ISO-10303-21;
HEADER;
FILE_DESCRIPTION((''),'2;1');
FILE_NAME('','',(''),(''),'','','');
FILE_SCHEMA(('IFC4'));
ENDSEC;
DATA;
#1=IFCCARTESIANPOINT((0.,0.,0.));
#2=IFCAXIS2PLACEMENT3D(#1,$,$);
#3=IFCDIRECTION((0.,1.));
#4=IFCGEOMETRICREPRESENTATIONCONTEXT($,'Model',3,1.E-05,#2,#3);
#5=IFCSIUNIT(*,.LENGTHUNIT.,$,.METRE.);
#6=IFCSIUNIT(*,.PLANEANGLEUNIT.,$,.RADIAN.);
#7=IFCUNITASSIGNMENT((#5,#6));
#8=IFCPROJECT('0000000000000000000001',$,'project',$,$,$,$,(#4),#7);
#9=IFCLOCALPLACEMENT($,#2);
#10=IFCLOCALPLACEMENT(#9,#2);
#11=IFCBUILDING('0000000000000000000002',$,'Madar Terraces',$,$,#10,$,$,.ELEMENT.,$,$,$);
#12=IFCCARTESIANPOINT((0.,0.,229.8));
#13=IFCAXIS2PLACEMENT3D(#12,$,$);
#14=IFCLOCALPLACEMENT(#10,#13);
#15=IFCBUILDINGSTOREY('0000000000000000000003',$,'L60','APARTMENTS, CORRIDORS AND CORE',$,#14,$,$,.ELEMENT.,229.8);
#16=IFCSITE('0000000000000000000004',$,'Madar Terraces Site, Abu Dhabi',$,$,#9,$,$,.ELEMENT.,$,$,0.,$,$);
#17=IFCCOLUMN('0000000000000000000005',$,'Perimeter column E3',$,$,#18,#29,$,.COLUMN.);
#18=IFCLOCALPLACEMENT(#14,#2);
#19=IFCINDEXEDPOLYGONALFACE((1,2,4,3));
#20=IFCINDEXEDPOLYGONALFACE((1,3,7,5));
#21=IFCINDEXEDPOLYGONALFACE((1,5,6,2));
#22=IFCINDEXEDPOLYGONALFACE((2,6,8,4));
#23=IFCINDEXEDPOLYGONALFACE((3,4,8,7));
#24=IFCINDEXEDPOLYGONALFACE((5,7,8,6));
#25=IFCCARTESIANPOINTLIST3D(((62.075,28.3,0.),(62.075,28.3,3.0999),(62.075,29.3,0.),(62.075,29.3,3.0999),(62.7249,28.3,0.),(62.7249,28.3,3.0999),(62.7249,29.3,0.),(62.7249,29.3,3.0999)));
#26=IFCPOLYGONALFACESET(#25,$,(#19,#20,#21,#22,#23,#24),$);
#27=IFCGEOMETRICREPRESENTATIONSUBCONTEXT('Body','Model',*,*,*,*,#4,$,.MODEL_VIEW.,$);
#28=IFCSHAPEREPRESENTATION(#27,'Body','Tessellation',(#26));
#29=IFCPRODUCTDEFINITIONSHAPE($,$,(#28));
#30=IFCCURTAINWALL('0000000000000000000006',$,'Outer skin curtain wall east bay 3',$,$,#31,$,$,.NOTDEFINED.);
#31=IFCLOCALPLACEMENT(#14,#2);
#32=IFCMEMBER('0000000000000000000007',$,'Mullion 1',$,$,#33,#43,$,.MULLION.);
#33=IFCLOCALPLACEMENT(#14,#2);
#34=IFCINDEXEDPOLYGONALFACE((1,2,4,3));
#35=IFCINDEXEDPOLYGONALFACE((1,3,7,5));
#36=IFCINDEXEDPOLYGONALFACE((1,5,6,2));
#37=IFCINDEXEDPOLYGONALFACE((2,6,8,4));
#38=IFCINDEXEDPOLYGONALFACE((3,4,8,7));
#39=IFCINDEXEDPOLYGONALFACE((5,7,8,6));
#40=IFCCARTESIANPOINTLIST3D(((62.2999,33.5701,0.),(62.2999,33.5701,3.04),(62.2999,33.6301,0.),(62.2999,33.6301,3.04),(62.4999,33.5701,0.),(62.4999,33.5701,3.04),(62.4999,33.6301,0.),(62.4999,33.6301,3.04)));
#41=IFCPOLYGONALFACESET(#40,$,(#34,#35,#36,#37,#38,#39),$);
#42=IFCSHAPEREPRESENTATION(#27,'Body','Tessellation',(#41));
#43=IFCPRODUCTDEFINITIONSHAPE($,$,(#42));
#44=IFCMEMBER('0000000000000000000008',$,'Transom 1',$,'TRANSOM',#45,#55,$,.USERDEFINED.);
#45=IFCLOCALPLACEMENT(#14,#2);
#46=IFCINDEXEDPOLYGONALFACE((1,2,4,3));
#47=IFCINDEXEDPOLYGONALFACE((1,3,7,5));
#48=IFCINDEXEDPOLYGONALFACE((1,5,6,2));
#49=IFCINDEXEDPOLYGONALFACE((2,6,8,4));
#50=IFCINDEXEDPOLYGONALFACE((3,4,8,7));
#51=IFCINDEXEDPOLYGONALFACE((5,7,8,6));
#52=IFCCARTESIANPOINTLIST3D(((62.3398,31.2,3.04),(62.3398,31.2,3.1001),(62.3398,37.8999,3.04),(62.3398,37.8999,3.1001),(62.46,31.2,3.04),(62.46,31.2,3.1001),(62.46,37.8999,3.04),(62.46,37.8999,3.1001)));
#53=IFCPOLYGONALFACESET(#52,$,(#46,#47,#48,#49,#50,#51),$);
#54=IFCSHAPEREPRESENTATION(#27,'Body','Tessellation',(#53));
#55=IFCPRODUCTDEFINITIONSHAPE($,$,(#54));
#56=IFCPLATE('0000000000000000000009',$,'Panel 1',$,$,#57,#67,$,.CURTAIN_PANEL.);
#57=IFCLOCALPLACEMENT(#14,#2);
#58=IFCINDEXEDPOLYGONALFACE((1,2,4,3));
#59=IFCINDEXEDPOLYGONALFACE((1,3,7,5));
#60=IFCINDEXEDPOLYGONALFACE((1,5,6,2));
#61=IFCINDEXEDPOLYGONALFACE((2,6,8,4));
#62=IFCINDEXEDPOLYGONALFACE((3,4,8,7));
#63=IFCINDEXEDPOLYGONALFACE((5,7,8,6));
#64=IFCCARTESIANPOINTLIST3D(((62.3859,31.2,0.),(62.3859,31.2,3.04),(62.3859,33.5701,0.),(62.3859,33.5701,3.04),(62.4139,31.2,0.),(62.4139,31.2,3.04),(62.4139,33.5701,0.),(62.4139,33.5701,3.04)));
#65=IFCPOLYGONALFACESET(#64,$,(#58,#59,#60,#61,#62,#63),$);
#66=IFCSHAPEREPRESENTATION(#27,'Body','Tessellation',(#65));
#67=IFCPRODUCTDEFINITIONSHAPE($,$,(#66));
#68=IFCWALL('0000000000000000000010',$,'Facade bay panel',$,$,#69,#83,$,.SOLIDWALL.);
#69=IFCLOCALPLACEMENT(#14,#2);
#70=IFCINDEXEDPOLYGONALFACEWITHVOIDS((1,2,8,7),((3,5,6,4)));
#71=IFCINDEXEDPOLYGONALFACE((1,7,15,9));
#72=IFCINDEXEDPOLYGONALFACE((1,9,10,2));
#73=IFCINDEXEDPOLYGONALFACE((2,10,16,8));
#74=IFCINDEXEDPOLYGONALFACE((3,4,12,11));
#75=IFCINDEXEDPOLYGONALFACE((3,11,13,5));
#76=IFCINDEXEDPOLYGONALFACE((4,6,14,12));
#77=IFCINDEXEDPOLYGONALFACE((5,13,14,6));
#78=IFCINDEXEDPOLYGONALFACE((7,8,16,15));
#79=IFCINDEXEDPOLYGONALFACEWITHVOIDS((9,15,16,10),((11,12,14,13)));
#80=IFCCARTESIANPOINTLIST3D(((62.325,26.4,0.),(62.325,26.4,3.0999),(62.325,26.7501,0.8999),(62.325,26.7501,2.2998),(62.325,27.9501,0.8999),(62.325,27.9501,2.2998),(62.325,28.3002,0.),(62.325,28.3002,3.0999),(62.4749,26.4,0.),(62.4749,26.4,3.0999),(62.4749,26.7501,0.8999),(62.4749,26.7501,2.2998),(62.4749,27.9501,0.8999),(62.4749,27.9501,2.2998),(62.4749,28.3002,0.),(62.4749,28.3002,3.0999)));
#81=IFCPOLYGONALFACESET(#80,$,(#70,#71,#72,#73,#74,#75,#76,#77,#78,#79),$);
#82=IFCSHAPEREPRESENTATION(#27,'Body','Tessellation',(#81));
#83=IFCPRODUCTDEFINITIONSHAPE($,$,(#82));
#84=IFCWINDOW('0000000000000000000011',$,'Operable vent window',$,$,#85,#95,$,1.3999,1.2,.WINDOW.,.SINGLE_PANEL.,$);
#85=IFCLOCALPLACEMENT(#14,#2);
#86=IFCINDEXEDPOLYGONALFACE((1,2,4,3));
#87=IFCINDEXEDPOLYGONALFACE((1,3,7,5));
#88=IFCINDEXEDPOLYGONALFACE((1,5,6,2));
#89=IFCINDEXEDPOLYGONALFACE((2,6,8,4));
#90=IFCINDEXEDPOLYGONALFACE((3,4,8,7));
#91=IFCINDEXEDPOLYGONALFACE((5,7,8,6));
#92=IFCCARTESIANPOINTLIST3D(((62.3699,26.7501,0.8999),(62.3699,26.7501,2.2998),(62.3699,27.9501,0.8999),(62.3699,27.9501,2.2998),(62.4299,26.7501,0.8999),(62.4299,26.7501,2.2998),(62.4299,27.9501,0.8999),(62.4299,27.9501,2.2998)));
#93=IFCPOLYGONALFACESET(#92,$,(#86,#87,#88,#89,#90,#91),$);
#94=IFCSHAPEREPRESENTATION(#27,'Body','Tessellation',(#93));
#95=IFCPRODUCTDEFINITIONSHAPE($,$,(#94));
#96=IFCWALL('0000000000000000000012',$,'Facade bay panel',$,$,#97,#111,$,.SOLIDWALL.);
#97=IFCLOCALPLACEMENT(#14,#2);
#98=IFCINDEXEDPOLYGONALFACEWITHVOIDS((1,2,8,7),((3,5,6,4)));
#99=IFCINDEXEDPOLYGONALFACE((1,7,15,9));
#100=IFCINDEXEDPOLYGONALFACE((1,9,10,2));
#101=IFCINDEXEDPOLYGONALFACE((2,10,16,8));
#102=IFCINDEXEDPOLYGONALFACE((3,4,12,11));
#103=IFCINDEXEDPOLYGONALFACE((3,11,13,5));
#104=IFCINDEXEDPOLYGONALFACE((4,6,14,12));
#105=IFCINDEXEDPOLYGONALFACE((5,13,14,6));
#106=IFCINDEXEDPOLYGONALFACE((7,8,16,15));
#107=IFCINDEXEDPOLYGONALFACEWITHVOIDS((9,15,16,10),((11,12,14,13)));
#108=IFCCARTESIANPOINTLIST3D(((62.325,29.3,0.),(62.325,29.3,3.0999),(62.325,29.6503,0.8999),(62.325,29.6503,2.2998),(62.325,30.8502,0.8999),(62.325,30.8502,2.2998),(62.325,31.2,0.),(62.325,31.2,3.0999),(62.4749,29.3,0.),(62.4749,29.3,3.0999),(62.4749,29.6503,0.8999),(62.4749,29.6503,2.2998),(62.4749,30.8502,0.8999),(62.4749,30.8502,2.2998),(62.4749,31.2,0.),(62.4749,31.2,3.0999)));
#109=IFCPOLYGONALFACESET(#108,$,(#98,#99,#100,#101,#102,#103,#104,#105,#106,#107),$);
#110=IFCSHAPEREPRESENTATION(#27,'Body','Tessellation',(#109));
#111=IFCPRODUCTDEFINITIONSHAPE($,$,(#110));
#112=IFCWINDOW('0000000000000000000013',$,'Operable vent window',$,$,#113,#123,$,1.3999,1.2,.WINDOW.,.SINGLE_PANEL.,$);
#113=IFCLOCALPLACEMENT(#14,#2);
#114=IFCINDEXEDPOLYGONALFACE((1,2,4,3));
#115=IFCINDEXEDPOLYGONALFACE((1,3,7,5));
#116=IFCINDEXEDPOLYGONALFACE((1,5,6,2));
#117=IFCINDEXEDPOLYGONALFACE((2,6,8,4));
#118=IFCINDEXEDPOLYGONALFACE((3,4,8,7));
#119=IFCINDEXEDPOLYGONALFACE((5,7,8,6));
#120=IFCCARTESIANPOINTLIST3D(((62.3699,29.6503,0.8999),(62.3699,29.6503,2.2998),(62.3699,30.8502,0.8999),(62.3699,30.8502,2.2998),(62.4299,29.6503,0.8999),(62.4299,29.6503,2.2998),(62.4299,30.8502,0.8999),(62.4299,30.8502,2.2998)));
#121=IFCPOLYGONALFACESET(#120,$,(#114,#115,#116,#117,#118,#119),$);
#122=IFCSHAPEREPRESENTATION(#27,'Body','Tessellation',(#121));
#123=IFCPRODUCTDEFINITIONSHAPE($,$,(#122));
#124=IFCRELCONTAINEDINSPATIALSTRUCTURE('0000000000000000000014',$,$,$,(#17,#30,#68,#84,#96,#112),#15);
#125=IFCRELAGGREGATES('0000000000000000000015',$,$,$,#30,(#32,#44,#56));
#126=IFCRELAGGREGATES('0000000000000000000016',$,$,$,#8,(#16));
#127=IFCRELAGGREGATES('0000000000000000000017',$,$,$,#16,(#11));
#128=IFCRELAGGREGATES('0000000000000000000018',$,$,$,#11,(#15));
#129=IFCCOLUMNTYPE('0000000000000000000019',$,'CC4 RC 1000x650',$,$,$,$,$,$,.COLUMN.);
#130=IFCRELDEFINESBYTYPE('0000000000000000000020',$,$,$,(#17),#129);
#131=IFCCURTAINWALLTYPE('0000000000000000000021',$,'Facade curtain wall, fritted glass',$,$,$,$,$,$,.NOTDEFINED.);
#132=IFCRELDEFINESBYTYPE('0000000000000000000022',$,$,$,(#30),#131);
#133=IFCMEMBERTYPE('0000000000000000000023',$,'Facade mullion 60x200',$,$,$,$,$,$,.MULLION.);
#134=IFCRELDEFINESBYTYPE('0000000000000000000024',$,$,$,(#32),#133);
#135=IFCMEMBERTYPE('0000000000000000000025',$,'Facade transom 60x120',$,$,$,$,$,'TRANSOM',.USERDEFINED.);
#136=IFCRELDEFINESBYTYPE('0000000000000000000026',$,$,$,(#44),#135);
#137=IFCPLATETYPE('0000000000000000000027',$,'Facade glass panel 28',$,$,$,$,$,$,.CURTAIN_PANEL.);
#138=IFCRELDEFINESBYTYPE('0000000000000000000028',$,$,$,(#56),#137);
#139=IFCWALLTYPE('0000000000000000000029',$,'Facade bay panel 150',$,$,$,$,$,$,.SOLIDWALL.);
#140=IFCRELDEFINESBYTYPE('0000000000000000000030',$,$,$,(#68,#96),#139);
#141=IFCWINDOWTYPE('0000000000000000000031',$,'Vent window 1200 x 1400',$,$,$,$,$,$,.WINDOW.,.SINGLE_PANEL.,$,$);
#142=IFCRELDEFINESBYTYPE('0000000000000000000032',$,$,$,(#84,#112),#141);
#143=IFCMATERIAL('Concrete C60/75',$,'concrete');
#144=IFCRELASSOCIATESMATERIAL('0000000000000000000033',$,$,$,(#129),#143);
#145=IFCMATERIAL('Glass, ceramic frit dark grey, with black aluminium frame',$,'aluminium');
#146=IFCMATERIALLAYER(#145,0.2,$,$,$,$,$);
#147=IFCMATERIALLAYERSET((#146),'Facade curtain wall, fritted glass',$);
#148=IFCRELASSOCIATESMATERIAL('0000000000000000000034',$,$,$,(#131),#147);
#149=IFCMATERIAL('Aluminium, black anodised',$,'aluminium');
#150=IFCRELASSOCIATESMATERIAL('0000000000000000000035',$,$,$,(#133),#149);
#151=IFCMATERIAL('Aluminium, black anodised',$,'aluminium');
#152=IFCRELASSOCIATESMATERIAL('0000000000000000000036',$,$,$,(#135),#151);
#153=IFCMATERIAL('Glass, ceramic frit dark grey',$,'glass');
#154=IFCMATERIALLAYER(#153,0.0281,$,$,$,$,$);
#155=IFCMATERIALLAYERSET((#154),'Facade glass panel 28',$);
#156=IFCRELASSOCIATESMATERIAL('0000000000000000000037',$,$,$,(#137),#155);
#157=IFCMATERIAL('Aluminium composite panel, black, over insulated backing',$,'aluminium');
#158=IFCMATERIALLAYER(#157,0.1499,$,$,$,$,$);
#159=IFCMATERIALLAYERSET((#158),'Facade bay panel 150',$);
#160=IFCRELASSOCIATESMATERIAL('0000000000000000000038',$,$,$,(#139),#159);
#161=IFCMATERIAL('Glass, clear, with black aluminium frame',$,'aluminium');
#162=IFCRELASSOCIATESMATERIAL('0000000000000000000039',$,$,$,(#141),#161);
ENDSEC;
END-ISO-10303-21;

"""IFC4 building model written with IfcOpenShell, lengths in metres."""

from ifc_helpers import new_model, si_unit, direction, frame, frame_2d, origin, origin_2d, place, context, subcontext, project, spatial, rectangle, extrude, material, layer, layer_set, material_profile, profile_set, type_object, element, fill, aggregate, save


model = new_model("IFC4")

# Units and contexts
model_context = context("Model", 3, precision=1e-05, world=origin(), true_north=direction((0.0, 1.0)))
body_context = subcontext(model_context, "Body", "Model", "MODEL_VIEW")
ifc_project = project(units=[si_unit("LENGTHUNIT", "METRE"), si_unit("PLANEANGLEUNIT", "RADIAN")], contexts=[model_context])

# Site, building, storey
site_placement = place(None, origin())
site = spatial("IfcSite", under=ifc_project, at=site_placement, Name="Madar Terraces Site, Abu Dhabi", CompositionType="ELEMENT", RefElevation=0.0)
building_placement = place(site_placement, origin())
building = spatial("IfcBuilding", under=site, at=building_placement, Name="Madar Terraces", CompositionType="ELEMENT")
storey_placement = place(building_placement, frame((0.0, 0.0, 229.8)))
storey = spatial("IfcBuildingStorey", under=building, at=storey_placement, Name="L60", Description="APARTMENTS, CORRIDORS AND CORE", CompositionType="ELEMENT", Elevation=229.8)

# Column
ifc_material_1 = material(Name="Concrete C60/75", Category="concrete")
ifc_material_profile_1 = material_profile(ifc_material_1, rectangle(XDim=1.0, YDim=0.6499, at=origin_2d()), Name="CC4 RC 1000x650")
ifc_profile_set_1 = profile_set([ifc_material_profile_1], Name="Concrete C60/75")
column_type = type_object("IfcColumnType", Name="CC4 RC 1000x650", PredefinedType="COLUMN", material=ifc_profile_set_1)
column_placement = place(storey_placement, frame((62.3999, 28.8, 0.0), z_axis=(0.0, 0.0, 1.0), x_axis=(0.0, 1.0, 0.0)))
element("IfcColumn", 1, at=column_placement, inside=storey, type_object=column_type, Name="Perimeter column E3", PredefinedType="COLUMN", context=body_context, shape_type="SweptSolid", body=[
    extrude(rectangle(XDim=1.0, YDim=0.6499, at=origin_2d()), origin(), (0.0, 0.0, 1.0), 3.0999),
])

# Curtain wall, members, plate
ifc_material_2 = material(Name="Glass, ceramic frit dark grey, with black aluminium frame", Category="aluminium")
ifc_layer_1 = layer(ifc_material_2, 0.2)
ifc_layer_set_1 = layer_set([ifc_layer_1], Name="Facade curtain wall, fritted glass")
curtain_wall_type = type_object("IfcCurtainWallType", Name="Facade curtain wall, fritted glass", PredefinedType="NOTDEFINED", material=ifc_layer_set_1)
curtain_wall_placement = place(storey_placement, origin())
curtain_wall = element("IfcCurtainWall", 2, at=curtain_wall_placement, inside=storey, type_object=curtain_wall_type, Name="Outer skin curtain wall east bay 3", PredefinedType="NOTDEFINED")
ifc_material_3 = material(Name="Aluminium, black anodised", Category="aluminium")
ifc_material_profile_2 = material_profile(ifc_material_3, rectangle(XDim=0.2, YDim=0.0601, at=origin_2d()), Name="Facade mullion 60x200")
ifc_profile_set_2 = profile_set([ifc_material_profile_2], Name="Aluminium, black anodised")
member_type_1 = type_object("IfcMemberType", Name="Facade mullion 60x200", PredefinedType="MULLION", material=ifc_profile_set_2)
member_1_placement = place(storey_placement, frame((62.3999, 33.6001, 0.0), z_axis=(0.0, 0.0, 1.0), x_axis=(-1.0, 0.0, 0.0)))
member_1 = element("IfcMember", 3, at=member_1_placement, type_object=member_type_1, Name="Mullion 1", PredefinedType="MULLION", context=body_context, shape_type="SweptSolid", body=[
    extrude(rectangle(XDim=0.2, YDim=0.0601, at=origin_2d()), origin(), (0.0, 0.0, 1.0), 3.04),
])
ifc_material_4 = material(Name="Aluminium, black anodised", Category="aluminium")
ifc_material_profile_3 = material_profile(ifc_material_4, rectangle(XDim=0.1201, YDim=0.0601, at=origin_2d()), Name="Facade transom 60x120")
ifc_profile_set_3 = profile_set([ifc_material_profile_3], Name="Aluminium, black anodised")
member_type_2 = type_object("IfcMemberType", Name="Facade transom 60x120", ElementType="TRANSOM", PredefinedType="USERDEFINED", material=ifc_profile_set_3)
member_2_placement = place(storey_placement, frame((62.3999, 31.2, 3.0701), z_axis=(0.0, 1.0, 0.0), x_axis=(-1.0, 0.0, 0.0)))
member_2 = element("IfcMember", 4, at=member_2_placement, type_object=member_type_2, Name="Transom 1", ObjectType="TRANSOM", PredefinedType="USERDEFINED", context=body_context, shape_type="SweptSolid", body=[
    extrude(rectangle(XDim=0.1201, YDim=0.0601, at=origin_2d()), origin(), (0.0, 0.0, 1.0), 6.7),
])
ifc_material_5 = material(Name="Glass, ceramic frit dark grey", Category="glass")
ifc_layer_2 = layer(ifc_material_5, 0.0281)
ifc_layer_set_2 = layer_set([ifc_layer_2], Name="Facade glass panel 28")
plate_type = type_object("IfcPlateType", Name="Facade glass panel 28", PredefinedType="CURTAIN_PANEL", material=ifc_layer_set_2)
plate_placement = place(storey_placement, frame((62.3999, 32.385, 0.0), z_axis=(0.0, 0.0, 1.0), x_axis=(0.0, 1.0, 0.0)))
plate = element("IfcPlate", 5, at=plate_placement, type_object=plate_type, Name="Panel 1", PredefinedType="CURTAIN_PANEL", context=body_context, shape_type="SweptSolid", body=[
    extrude(rectangle(XDim=2.3701, YDim=0.0281, at=origin_2d()), origin(), (0.0, 0.0, 1.0), 3.04),
])
aggregate(curtain_wall, [member_1, member_2, plate])

# Walls, openings, windows
ifc_material_6 = material(Name="Aluminium composite panel, black, over insulated backing", Category="aluminium")
ifc_layer_3 = layer(ifc_material_6, 0.1499)
ifc_layer_set_3 = layer_set([ifc_layer_3], Name="Facade bay panel 150")
wall_type_1 = type_object("IfcWallType", Name="Facade bay panel 150", PredefinedType="SOLIDWALL", material=ifc_layer_set_3)
wall_1_placement = place(storey_placement, frame((62.3999, 26.3999, 0.0), z_axis=(0.0, 0.0, 1.0), x_axis=(0.0, 1.0, 0.0)))
wall_1 = element("IfcWall", 6, at=wall_1_placement, inside=storey, type_object=wall_type_1, Name="Facade bay panel", PredefinedType="SOLIDWALL", context=body_context, shape_type="SweptSolid", body=[
    extrude(rectangle(XDim=1.9001, YDim=0.1499, at=frame_2d((0.9502, 0.0))), origin(), (0.0, 0.0, 1.0), 3.0999),
])
opening_1_placement = place(wall_1_placement, frame((0.3501, 0.0, 0.8999)))
opening_1 = element("IfcOpeningElement", 7, at=opening_1_placement, cuts=wall_1, PredefinedType="OPENING", context=body_context, shape_type="SweptSolid", body=[
    extrude(rectangle(XDim=1.2, YDim=1.3999, at=frame_2d((0.6001, 0.7))), frame((0.0, 0.085, 0.0), z_axis=(0.0, -1.0, 0.0), x_axis=(1.0, 0.0, 0.0)), (0.0, 0.0, 1.0), 0.1699),
])
ifc_material_7 = material(Name="Glass, clear, with black aluminium frame", Category="aluminium")
window_type = type_object("IfcWindowType", Name="Vent window 1200 x 1400", PartitioningType="SINGLE_PANEL", PredefinedType="WINDOW", material=ifc_material_7)
window_1_placement = place(opening_1_placement, origin())
window_1 = element("IfcWindow", 8, at=window_1_placement, inside=storey, type_object=window_type, Name="Operable vent window", OverallHeight=1.3999, OverallWidth=1.2, PartitioningType="SINGLE_PANEL", PredefinedType="WINDOW", context=body_context, shape_type="SweptSolid", body=[
    extrude(rectangle(XDim=1.2, YDim=1.3999, at=frame_2d((0.6001, 0.7))), frame((0.0, 0.03, 0.0), z_axis=(0.0, -1.0, 0.0), x_axis=(1.0, 0.0, 0.0)), (0.0, 0.0, 1.0), 0.0601),
])
fill(opening_1, window_1)
wall_2_placement = place(storey_placement, frame((62.3999, 29.3, 0.0), z_axis=(0.0, 0.0, 1.0), x_axis=(0.0, 1.0, 0.0)))
wall_2 = element("IfcWall", 9, at=wall_2_placement, inside=storey, type_object=wall_type_1, Name="Facade bay panel", PredefinedType="SOLIDWALL", context=body_context, shape_type="SweptSolid", body=[
    extrude(rectangle(XDim=1.8999, YDim=0.1499, at=frame_2d((0.95, 0.0))), origin(), (0.0, 0.0, 1.0), 3.0999),
])
opening_2_placement = place(wall_2_placement, frame((0.3501, 0.0, 0.8999)))
opening_2 = element("IfcOpeningElement", 10, at=opening_2_placement, cuts=wall_2, PredefinedType="OPENING", context=body_context, shape_type="SweptSolid", body=[
    extrude(rectangle(XDim=1.2, YDim=1.3999, at=frame_2d((0.6001, 0.7))), frame((0.0, 0.085, 0.0), z_axis=(0.0, -1.0, 0.0), x_axis=(1.0, 0.0, 0.0)), (0.0, 0.0, 1.0), 0.1699),
])
window_2_placement = place(opening_2_placement, origin())
window_2 = element("IfcWindow", 11, at=window_2_placement, inside=storey, type_object=window_type, Name="Operable vent window", OverallHeight=1.3999, OverallWidth=1.2, PartitioningType="SINGLE_PANEL", PredefinedType="WINDOW", context=body_context, shape_type="SweptSolid", body=[
    extrude(rectangle(XDim=1.2, YDim=1.3999, at=frame_2d((0.6001, 0.7))), frame((0.0, 0.03, 0.0), z_axis=(0.0, -1.0, 0.0), x_axis=(1.0, 0.0, 0.0)), (0.0, 0.0, 1.0), 0.0601),
])
fill(opening_2, window_2)

save(model, "model.ifc")
